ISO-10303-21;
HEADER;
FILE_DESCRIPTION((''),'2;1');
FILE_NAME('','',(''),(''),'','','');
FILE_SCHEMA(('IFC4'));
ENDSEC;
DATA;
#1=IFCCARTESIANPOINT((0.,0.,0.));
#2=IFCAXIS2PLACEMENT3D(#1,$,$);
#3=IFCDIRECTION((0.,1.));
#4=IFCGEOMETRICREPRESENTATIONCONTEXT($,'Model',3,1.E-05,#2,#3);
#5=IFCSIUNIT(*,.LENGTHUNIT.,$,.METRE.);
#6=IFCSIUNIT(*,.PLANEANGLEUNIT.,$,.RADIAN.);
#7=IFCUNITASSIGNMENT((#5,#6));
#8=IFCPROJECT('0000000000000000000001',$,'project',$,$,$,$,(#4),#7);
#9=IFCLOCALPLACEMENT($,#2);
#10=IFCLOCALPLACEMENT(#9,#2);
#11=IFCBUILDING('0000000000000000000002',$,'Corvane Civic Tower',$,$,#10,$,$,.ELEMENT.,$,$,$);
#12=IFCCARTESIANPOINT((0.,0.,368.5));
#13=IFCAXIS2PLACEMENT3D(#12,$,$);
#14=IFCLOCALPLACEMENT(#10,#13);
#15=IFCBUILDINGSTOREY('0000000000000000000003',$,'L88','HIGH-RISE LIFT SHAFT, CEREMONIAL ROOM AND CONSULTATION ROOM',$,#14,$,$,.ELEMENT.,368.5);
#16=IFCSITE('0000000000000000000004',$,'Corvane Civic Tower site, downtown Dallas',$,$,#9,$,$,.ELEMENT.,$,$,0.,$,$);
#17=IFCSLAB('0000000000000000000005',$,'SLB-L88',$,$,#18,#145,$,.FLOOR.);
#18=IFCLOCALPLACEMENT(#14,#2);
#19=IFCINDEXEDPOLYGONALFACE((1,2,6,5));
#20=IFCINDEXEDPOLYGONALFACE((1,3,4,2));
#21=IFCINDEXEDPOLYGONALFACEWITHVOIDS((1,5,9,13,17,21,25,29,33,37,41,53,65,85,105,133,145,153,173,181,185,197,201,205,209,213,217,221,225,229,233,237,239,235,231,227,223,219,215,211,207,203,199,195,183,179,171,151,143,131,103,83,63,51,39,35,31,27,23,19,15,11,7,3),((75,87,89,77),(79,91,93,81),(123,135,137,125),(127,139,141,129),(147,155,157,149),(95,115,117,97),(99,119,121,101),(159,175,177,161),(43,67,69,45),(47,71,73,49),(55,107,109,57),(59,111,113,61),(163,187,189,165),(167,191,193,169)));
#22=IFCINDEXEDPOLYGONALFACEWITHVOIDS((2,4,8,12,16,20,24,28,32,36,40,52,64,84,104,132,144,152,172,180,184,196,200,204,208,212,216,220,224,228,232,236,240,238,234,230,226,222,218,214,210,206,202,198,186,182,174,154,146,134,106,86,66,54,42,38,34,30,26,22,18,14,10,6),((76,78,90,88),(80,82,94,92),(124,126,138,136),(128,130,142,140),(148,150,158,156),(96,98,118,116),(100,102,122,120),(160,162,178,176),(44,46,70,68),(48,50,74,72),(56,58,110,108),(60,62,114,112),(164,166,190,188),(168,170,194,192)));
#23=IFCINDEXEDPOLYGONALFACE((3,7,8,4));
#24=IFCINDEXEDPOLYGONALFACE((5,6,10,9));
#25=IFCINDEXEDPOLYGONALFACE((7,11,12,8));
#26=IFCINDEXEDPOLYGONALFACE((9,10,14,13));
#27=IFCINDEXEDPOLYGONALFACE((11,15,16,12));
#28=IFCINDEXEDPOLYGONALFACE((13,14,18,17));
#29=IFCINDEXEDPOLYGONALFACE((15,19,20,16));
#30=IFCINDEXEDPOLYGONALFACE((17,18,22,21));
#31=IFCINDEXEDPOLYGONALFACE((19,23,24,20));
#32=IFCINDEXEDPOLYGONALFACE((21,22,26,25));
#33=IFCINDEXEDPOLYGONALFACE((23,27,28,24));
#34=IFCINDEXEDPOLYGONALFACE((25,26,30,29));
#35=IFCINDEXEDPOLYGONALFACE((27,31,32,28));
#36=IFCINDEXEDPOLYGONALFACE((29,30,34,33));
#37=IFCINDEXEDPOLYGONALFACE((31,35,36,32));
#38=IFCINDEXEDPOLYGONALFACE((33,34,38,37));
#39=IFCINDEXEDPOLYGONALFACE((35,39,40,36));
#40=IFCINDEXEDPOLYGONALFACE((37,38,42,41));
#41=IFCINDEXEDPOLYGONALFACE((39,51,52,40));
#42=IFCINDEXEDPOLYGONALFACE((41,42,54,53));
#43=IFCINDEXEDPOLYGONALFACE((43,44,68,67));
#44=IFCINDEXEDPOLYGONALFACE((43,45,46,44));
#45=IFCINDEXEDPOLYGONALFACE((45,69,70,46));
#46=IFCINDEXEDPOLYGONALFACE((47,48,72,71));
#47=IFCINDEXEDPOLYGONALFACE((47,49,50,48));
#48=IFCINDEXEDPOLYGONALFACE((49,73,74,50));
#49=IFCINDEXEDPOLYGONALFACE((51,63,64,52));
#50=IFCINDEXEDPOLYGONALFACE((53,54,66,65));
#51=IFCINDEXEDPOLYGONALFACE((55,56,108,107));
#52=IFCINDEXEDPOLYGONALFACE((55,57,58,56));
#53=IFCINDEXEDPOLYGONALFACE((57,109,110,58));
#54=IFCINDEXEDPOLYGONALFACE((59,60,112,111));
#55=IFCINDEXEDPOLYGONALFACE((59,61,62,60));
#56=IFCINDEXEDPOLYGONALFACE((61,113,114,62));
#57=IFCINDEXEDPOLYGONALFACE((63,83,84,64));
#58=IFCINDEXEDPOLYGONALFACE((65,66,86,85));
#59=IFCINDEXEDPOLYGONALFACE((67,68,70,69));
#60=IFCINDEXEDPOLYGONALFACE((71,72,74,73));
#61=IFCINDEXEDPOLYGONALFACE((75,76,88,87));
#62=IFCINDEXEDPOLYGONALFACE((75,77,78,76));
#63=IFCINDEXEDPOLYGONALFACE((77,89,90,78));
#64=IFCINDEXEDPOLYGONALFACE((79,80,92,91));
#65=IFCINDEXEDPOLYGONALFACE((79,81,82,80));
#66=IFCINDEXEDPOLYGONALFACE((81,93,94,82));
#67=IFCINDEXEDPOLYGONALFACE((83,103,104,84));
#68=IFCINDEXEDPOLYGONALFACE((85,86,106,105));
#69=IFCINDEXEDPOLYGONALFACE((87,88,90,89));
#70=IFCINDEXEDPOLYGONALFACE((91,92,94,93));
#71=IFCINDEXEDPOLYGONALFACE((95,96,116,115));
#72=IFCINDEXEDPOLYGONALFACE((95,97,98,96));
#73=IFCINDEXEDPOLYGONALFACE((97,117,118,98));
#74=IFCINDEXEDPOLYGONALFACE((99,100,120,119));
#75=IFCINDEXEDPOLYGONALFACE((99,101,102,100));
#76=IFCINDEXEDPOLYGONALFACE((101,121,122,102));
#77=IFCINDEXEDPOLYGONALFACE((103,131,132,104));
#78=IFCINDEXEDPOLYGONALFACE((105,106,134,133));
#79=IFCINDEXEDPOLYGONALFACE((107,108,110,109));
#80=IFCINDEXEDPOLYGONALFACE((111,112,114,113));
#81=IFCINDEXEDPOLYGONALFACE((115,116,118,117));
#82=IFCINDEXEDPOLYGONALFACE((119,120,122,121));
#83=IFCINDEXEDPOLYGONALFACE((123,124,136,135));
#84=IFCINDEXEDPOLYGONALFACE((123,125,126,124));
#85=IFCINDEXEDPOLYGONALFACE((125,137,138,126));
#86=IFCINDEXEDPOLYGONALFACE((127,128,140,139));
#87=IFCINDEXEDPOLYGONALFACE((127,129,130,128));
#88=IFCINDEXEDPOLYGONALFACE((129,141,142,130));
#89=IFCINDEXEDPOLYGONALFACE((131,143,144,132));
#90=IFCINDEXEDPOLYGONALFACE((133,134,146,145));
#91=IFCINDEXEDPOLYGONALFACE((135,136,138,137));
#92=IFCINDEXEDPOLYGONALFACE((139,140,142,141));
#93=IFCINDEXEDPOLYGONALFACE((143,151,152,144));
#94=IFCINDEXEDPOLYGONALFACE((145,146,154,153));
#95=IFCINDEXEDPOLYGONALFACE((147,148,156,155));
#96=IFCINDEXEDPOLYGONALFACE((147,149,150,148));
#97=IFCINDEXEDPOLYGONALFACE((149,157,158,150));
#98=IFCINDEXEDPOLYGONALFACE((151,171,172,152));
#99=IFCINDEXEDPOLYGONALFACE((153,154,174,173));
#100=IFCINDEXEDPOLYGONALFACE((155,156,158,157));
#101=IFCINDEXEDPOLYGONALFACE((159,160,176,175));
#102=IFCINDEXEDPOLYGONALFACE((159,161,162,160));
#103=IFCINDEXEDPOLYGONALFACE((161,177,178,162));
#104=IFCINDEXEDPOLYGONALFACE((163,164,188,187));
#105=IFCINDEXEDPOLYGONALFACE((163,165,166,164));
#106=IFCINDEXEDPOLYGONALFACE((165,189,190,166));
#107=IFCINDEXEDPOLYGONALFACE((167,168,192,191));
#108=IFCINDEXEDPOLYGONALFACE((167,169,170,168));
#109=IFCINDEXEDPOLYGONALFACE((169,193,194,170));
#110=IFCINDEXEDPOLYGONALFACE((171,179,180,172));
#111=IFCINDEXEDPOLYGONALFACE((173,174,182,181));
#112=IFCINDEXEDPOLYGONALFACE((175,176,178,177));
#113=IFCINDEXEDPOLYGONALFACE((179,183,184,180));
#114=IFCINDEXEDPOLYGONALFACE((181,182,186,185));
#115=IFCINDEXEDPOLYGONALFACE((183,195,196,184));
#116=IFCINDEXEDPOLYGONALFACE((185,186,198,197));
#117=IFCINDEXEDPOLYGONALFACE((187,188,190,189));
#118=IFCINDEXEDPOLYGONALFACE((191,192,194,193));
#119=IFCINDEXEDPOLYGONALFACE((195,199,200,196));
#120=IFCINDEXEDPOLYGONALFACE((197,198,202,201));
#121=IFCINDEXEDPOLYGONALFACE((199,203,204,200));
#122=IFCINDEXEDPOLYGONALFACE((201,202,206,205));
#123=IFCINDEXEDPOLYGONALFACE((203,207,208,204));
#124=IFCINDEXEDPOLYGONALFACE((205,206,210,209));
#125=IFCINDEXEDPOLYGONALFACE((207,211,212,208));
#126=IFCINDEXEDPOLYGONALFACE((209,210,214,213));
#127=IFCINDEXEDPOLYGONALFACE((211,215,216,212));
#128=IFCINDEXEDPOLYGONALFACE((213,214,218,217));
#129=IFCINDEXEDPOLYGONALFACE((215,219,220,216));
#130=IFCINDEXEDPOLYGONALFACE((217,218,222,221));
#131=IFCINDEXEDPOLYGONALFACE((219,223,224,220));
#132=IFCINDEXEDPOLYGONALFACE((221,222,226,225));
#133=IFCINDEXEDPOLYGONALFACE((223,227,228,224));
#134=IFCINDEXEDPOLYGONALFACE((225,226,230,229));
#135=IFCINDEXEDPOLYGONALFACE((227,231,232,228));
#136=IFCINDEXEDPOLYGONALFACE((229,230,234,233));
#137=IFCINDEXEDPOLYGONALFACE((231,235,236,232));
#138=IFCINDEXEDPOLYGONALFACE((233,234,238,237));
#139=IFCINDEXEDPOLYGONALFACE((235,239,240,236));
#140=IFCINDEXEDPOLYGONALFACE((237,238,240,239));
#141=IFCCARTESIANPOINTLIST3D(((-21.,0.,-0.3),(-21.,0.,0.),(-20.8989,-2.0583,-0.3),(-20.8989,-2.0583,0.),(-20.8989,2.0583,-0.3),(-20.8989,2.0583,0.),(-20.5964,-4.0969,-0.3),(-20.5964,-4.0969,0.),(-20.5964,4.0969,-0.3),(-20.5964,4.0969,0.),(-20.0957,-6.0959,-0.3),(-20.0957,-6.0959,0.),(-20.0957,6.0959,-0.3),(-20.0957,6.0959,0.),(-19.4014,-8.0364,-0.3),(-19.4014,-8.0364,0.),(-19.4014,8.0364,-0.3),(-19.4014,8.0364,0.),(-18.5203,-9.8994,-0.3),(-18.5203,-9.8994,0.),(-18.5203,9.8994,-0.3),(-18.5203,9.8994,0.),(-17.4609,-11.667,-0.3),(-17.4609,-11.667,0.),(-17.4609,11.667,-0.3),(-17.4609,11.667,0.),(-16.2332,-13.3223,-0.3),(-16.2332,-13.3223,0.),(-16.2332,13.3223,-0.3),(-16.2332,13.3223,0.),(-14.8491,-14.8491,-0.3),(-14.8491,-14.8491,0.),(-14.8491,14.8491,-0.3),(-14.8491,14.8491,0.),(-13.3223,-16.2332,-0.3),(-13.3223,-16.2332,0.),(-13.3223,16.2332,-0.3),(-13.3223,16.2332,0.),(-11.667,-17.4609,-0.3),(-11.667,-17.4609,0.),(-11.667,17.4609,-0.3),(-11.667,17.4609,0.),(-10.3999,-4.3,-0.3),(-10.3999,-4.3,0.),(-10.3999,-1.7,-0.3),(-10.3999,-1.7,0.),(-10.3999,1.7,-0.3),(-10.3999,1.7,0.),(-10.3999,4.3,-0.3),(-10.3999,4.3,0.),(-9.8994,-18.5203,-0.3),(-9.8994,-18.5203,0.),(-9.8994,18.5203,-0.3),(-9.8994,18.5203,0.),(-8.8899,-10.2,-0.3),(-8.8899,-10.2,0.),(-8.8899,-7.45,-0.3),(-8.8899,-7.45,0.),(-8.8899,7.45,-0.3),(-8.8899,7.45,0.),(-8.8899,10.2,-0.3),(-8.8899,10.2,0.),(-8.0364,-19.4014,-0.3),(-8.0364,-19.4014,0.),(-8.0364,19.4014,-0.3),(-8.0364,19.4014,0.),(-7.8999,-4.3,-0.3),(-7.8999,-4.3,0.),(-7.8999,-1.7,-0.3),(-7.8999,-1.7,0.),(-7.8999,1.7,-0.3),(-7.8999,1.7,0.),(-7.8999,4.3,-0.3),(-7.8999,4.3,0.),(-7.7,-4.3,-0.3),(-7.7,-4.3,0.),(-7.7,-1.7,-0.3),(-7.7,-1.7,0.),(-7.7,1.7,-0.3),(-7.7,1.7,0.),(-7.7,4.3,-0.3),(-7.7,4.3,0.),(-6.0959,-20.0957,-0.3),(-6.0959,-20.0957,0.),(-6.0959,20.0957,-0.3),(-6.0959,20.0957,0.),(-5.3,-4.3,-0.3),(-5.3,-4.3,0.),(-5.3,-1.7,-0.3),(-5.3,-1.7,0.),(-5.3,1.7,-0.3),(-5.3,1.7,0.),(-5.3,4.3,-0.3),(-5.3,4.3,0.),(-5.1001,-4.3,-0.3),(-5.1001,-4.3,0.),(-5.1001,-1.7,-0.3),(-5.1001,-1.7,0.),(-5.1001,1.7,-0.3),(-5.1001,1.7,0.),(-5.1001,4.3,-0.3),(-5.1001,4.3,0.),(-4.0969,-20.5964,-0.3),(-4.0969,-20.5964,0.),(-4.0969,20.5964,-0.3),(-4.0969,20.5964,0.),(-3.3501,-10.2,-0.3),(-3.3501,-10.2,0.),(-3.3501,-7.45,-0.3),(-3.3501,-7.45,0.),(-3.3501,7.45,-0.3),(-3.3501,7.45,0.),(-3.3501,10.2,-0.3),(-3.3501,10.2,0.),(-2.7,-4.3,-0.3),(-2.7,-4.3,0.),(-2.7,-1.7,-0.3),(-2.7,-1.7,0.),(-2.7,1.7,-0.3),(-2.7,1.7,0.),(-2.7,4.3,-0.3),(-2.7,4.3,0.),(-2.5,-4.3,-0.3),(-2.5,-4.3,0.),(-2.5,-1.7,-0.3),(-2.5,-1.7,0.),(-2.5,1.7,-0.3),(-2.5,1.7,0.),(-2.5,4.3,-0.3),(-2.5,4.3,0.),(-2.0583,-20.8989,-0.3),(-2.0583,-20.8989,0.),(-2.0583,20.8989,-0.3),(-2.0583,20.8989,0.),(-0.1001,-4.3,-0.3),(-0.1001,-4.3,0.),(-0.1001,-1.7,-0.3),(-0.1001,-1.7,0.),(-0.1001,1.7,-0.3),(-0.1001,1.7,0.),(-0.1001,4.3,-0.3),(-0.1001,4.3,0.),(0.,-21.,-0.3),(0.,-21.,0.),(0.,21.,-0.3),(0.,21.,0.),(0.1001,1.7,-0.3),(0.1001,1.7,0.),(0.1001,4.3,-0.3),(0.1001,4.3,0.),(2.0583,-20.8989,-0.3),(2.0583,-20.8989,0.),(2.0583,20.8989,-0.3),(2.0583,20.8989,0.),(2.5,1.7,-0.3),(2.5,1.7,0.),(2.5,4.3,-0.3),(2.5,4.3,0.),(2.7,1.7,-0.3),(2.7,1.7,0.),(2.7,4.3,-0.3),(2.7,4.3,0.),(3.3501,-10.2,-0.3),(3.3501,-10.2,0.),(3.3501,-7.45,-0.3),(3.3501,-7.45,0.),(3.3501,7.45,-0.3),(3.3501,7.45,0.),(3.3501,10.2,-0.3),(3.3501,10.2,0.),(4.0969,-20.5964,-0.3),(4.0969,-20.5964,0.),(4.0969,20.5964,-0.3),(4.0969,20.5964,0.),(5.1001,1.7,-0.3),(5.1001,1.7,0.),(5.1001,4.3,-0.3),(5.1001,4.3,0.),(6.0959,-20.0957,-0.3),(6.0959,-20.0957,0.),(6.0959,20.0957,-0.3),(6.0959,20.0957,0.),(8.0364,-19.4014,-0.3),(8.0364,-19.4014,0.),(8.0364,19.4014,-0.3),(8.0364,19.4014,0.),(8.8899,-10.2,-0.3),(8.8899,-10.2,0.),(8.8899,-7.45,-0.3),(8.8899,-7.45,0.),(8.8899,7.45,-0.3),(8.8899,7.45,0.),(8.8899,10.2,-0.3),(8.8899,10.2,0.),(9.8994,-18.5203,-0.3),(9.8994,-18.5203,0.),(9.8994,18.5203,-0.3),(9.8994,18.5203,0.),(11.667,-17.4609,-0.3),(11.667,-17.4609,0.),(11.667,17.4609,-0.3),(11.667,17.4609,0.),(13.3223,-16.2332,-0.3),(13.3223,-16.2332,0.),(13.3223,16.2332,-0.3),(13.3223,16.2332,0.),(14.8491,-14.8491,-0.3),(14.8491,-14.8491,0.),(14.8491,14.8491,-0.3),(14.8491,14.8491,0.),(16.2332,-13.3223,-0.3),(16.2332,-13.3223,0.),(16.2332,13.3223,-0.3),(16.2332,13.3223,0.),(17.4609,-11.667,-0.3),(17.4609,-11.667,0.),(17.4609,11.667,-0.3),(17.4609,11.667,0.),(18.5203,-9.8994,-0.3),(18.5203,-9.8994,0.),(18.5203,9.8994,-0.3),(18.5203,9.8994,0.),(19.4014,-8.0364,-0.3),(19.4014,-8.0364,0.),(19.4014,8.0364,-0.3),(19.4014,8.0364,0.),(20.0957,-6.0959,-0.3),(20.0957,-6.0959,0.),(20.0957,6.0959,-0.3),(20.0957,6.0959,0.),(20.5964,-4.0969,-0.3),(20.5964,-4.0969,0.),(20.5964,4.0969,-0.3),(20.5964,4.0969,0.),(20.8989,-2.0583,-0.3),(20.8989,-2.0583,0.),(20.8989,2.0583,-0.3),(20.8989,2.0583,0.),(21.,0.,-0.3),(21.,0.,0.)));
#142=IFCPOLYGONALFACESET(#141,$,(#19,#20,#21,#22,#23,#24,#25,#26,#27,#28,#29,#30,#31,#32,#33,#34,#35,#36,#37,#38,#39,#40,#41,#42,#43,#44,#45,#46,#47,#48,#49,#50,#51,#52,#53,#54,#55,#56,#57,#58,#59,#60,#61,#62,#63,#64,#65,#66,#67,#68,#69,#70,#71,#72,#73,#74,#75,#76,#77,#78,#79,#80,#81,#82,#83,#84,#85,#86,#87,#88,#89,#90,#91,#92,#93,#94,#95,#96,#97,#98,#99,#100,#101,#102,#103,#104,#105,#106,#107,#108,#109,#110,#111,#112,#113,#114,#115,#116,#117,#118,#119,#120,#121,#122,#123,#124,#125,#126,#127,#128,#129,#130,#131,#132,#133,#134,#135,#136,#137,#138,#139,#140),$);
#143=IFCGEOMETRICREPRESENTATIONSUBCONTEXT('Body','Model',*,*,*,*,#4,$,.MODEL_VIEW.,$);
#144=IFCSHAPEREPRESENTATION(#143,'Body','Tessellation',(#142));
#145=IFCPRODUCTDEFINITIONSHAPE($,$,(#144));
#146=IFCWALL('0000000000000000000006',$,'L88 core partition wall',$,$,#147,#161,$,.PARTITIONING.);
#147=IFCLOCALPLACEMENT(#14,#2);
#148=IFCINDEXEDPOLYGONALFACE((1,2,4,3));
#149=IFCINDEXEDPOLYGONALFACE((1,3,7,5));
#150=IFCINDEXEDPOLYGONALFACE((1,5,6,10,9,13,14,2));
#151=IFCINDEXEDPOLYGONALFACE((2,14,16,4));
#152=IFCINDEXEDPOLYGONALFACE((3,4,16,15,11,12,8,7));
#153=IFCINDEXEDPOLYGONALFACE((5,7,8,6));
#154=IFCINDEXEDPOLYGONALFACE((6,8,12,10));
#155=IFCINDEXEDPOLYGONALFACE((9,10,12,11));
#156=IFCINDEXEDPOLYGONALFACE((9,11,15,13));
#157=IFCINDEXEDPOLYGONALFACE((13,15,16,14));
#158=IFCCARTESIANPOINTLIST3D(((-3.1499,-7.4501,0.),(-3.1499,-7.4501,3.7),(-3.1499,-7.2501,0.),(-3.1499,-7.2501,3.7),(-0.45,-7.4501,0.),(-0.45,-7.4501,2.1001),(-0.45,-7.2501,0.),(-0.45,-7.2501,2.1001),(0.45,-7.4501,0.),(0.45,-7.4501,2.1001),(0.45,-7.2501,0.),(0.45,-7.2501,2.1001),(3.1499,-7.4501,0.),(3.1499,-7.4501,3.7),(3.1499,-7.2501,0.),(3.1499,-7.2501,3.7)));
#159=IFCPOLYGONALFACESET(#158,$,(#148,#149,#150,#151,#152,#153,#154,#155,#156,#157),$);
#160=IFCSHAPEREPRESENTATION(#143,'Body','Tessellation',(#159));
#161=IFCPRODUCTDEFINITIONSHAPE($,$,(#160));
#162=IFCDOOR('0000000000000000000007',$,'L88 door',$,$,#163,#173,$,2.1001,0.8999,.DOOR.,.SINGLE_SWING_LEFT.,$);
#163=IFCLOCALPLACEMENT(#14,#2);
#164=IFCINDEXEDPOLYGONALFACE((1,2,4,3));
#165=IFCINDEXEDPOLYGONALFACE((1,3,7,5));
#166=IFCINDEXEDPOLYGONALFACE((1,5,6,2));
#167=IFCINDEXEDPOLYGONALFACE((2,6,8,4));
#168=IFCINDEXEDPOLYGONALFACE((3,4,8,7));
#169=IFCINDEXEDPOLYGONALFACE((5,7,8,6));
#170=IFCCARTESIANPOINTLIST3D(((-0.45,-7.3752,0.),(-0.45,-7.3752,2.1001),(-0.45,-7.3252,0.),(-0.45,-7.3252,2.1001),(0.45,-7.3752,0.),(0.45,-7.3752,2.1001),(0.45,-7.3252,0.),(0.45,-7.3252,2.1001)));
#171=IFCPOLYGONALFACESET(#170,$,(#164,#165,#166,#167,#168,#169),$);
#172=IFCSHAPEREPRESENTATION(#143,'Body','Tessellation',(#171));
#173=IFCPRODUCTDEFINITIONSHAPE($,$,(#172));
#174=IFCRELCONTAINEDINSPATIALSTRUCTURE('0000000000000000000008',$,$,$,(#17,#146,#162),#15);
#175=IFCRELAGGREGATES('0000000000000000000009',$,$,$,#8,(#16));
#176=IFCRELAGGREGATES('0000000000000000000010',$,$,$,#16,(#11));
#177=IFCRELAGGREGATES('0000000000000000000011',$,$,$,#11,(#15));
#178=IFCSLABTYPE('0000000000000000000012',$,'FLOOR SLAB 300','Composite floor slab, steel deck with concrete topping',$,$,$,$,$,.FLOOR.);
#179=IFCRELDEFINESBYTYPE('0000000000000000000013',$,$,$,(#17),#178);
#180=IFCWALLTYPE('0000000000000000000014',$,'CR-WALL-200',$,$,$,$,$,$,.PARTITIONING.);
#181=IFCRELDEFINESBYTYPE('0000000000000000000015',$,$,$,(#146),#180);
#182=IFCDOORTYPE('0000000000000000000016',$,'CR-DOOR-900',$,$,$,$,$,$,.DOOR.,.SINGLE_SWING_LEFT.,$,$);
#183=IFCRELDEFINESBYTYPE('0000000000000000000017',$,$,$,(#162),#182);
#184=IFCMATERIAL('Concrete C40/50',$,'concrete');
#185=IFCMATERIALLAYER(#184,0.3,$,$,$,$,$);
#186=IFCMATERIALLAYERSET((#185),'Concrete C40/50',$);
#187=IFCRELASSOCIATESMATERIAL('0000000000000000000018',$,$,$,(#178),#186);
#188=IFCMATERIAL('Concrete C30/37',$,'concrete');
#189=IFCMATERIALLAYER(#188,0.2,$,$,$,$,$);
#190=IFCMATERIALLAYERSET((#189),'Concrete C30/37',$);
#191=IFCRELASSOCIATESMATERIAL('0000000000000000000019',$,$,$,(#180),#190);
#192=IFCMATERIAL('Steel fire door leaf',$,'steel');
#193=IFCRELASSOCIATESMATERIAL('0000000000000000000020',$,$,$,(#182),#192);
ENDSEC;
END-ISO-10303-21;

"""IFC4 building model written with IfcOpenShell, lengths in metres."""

from ifc_helpers import new_model, si_unit, direction, frame, frame_2d, origin, place, context, subcontext, project, spatial, polyline, rectangle, outline, extrude, material, layer, layer_set, type_object, element, fill, save


model = new_model("IFC4")

# Units and contexts
model_context = context("Model", 3, precision=1e-05, world=origin(), true_north=direction((0.0, 1.0)))
body_context = subcontext(model_context, "Body", "Model", "MODEL_VIEW")
ifc_project = project(units=[si_unit("LENGTHUNIT", "METRE"), si_unit("PLANEANGLEUNIT", "RADIAN")], contexts=[model_context])

# Site, building, storey
site_placement = place(None, origin())
site = spatial("IfcSite", under=ifc_project, at=site_placement, Name="Corvane Civic Tower site, downtown Dallas", CompositionType="ELEMENT", RefElevation=0.0)
building_placement = place(site_placement, origin())
building = spatial("IfcBuilding", under=site, at=building_placement, Name="Corvane Civic Tower", CompositionType="ELEMENT")
storey_placement = place(building_placement, frame((0.0, 0.0, 368.5)))
storey = spatial("IfcBuildingStorey", under=building, at=storey_placement, Name="L88", Description="HIGH-RISE LIFT SHAFT, CEREMONIAL ROOM AND CONSULTATION ROOM", CompositionType="ELEMENT", Elevation=368.5)

# Slab
ifc_material_1 = material(Name="Concrete C40/50", Category="concrete")
ifc_layer_1 = layer(ifc_material_1, 0.3)
ifc_layer_set_1 = layer_set([ifc_layer_1], Name="Concrete C40/50")
slab_type = type_object("IfcSlabType", Name="FLOOR SLAB 300", Description="Composite floor slab, steel deck with concrete topping", PredefinedType="FLOOR", material=ifc_layer_set_1)
slab_placement = place(storey_placement, frame((0.0, 0.0, -0.3)))
element("IfcSlab", 1, at=slab_placement, inside=storey, type_object=slab_type, Name="SLB-L88", PredefinedType="FLOOR", context=body_context, shape_type="SweptSolid", body=[
    extrude(outline(polyline([(0.0, 21.0), (-2.0583, 20.8989), (-4.0969, 20.5964), (-6.0959, 20.0957), (-8.0364, 19.4014), (-9.8994, 18.5203), (-11.667, 17.4609), (-13.3223, 16.2332), (-14.8491, 14.8491), (-16.2332, 13.3223), (-17.4609, 11.667), (-18.5203, 9.8994), (-19.4014, 8.0364), (-20.0957, 6.0959), (-20.5964, 4.0969), (-20.8989, 2.0583), (-21.0, 0.0), (-20.8989, -2.0583), (-20.5964, -4.0969), (-20.0957, -6.0959), (-19.4014, -8.0364), (-18.5203, -9.8994), (-17.4609, -11.667), (-16.2332, -13.3223), (-14.8491, -14.8491), (-13.3223, -16.2332), (-11.667, -17.4609), (-9.8994, -18.5203), (-8.0364, -19.4014), (-6.0959, -20.0957), (-4.0969, -20.5964), (-2.0583, -20.8989), (0.0, -21.0), (2.0583, -20.8989), (4.0969, -20.5964), (6.0959, -20.0957), (8.0364, -19.4014), (9.8994, -18.5203), (11.667, -17.4609), (13.3223, -16.2332), (14.8491, -14.8491), (16.2332, -13.3223), (17.4609, -11.667), (18.5203, -9.8994), (19.4014, -8.0364), (20.0957, -6.0959), (20.5964, -4.0969), (20.8989, -2.0583), (21.0, 0.0), (20.8989, 2.0583), (20.5964, 4.0969), (20.0957, 6.0959), (19.4014, 8.0364), (18.5203, 9.8994), (17.4609, 11.667), (16.2332, 13.3223), (14.8491, 14.8491), (13.3223, 16.2332), (11.667, 17.4609), (9.8994, 18.5203), (8.0364, 19.4014), (6.0959, 20.0957), (4.0969, 20.5964), (2.0583, 20.8989), (0.0, 21.0)]), holes=[polyline([(-10.3999, 4.3), (-7.8999, 4.3), (-7.8999, 1.7), (-10.3999, 1.7), (-10.3999, 4.3)]), polyline([(-7.7, 4.3), (-5.3, 4.3), (-5.3, 1.7), (-7.7, 1.7), (-7.7, 4.3)]), polyline([(-5.1001, 4.3), (-2.7, 4.3), (-2.7, 1.7), (-5.1001, 1.7), (-5.1001, 4.3)]), polyline([(-2.5, 1.7), (-2.5, 4.3), (-0.1001, 4.3), (-0.1001, 1.7), (-2.5, 1.7)]), polyline([(0.1001, 1.7), (0.1001, 4.3), (2.5, 4.3), (2.5, 1.7), (0.1001, 1.7)]), polyline([(2.7, 1.7), (2.7, 4.3), (5.1001, 4.3), (5.1001, 1.7), (2.7, 1.7)]), polyline([(-10.3999, -1.7), (-7.8999, -1.7), (-7.8999, -4.3), (-10.3999, -4.3), (-10.3999, -1.7)]), polyline([(-7.7, -4.3), (-7.7, -1.7), (-5.3, -1.7), (-5.3, -4.3), (-7.7, -4.3)]), polyline([(-5.1001, -4.3), (-5.1001, -1.7), (-2.7, -1.7), (-2.7, -4.3), (-5.1001, -4.3)]), polyline([(-2.5, -4.3), (-2.5, -1.7), (-0.1001, -1.7), (-0.1001, -4.3), (-2.5, -4.3)]), polyline([(8.8899, 10.2), (8.8899, 7.45), (3.3501, 7.45), (3.3501, 10.2), (8.8899, 10.2)]), polyline([(-8.8899, 7.45), (-8.8899, 10.2), (-3.3501, 10.2), (-3.3501, 7.45), (-8.8899, 7.45)]), polyline([(8.8899, -7.45), (8.8899, -10.2), (3.3501, -10.2), (3.3501, -7.45), (8.8899, -7.45)]), polyline([(-8.8899, -10.2), (-8.8899, -7.45), (-3.3501, -7.45), (-3.3501, -10.2), (-8.8899, -10.2)])]), origin(), (0.0, 0.0, 1.0), 0.3),
])

# Wall, opening, door
ifc_material_2 = material(Name="Concrete C30/37", Category="concrete")
ifc_layer_2 = layer(ifc_material_2, 0.2)
ifc_layer_set_2 = layer_set([ifc_layer_2], Name="Concrete C30/37")
wall_type_1 = type_object("IfcWallType", Name="CR-WALL-200", PredefinedType="PARTITIONING", material=ifc_layer_set_2)
wall_1_placement = place(storey_placement, frame((-3.1499, -7.3501, 0.0), z_axis=(0.0, 0.0, 1.0), x_axis=(1.0, 0.0, 0.0)))
wall_1 = element("IfcWall", 2, at=wall_1_placement, inside=storey, type_object=wall_type_1, Name="L88 core partition wall", PredefinedType="PARTITIONING", context=body_context, shape_type="SweptSolid", body=[
    extrude(rectangle(XDim=6.2998, YDim=0.2, at=frame_2d((3.1499, 0.0))), origin(), (0.0, 0.0, 1.0), 3.7),
])
opening_1_placement = place(wall_1_placement, frame((2.7, 0.0, 0.0)))
opening_1 = element("IfcOpeningElement", 3, at=opening_1_placement, cuts=wall_1, PredefinedType="OPENING", context=body_context, shape_type="SweptSolid", body=[
    extrude(rectangle(XDim=0.8999, YDim=2.1001, at=frame_2d((0.45, 1.05))), frame((0.0, 0.1099, 0.0), z_axis=(0.0, -1.0, 0.0), x_axis=(1.0, 0.0, 0.0)), (0.0, 0.0, 1.0), 0.22),
])
ifc_material_3 = material(Name="Steel fire door leaf", Category="steel")
door_type_1 = type_object("IfcDoorType", Name="CR-DOOR-900", OperationType="SINGLE_SWING_LEFT", PredefinedType="DOOR", material=ifc_material_3)
door_1_placement = place(opening_1_placement, origin())
door_1 = element("IfcDoor", 4, at=door_1_placement, inside=storey, type_object=door_type_1, Name="L88 door", OperationType="SINGLE_SWING_LEFT", OverallHeight=2.1001, OverallWidth=0.8999, PredefinedType="DOOR", context=body_context, shape_type="SweptSolid", body=[
    extrude(rectangle(XDim=0.8999, YDim=2.1001, at=frame_2d((0.45, 1.05))), frame((0.0, 0.0249, 0.0), z_axis=(0.0, -1.0, 0.0), x_axis=(1.0, 0.0, 0.0)), (0.0, 0.0, 1.0), 0.05),
])
fill(opening_1, door_1)

save(model, "model.ifc")
